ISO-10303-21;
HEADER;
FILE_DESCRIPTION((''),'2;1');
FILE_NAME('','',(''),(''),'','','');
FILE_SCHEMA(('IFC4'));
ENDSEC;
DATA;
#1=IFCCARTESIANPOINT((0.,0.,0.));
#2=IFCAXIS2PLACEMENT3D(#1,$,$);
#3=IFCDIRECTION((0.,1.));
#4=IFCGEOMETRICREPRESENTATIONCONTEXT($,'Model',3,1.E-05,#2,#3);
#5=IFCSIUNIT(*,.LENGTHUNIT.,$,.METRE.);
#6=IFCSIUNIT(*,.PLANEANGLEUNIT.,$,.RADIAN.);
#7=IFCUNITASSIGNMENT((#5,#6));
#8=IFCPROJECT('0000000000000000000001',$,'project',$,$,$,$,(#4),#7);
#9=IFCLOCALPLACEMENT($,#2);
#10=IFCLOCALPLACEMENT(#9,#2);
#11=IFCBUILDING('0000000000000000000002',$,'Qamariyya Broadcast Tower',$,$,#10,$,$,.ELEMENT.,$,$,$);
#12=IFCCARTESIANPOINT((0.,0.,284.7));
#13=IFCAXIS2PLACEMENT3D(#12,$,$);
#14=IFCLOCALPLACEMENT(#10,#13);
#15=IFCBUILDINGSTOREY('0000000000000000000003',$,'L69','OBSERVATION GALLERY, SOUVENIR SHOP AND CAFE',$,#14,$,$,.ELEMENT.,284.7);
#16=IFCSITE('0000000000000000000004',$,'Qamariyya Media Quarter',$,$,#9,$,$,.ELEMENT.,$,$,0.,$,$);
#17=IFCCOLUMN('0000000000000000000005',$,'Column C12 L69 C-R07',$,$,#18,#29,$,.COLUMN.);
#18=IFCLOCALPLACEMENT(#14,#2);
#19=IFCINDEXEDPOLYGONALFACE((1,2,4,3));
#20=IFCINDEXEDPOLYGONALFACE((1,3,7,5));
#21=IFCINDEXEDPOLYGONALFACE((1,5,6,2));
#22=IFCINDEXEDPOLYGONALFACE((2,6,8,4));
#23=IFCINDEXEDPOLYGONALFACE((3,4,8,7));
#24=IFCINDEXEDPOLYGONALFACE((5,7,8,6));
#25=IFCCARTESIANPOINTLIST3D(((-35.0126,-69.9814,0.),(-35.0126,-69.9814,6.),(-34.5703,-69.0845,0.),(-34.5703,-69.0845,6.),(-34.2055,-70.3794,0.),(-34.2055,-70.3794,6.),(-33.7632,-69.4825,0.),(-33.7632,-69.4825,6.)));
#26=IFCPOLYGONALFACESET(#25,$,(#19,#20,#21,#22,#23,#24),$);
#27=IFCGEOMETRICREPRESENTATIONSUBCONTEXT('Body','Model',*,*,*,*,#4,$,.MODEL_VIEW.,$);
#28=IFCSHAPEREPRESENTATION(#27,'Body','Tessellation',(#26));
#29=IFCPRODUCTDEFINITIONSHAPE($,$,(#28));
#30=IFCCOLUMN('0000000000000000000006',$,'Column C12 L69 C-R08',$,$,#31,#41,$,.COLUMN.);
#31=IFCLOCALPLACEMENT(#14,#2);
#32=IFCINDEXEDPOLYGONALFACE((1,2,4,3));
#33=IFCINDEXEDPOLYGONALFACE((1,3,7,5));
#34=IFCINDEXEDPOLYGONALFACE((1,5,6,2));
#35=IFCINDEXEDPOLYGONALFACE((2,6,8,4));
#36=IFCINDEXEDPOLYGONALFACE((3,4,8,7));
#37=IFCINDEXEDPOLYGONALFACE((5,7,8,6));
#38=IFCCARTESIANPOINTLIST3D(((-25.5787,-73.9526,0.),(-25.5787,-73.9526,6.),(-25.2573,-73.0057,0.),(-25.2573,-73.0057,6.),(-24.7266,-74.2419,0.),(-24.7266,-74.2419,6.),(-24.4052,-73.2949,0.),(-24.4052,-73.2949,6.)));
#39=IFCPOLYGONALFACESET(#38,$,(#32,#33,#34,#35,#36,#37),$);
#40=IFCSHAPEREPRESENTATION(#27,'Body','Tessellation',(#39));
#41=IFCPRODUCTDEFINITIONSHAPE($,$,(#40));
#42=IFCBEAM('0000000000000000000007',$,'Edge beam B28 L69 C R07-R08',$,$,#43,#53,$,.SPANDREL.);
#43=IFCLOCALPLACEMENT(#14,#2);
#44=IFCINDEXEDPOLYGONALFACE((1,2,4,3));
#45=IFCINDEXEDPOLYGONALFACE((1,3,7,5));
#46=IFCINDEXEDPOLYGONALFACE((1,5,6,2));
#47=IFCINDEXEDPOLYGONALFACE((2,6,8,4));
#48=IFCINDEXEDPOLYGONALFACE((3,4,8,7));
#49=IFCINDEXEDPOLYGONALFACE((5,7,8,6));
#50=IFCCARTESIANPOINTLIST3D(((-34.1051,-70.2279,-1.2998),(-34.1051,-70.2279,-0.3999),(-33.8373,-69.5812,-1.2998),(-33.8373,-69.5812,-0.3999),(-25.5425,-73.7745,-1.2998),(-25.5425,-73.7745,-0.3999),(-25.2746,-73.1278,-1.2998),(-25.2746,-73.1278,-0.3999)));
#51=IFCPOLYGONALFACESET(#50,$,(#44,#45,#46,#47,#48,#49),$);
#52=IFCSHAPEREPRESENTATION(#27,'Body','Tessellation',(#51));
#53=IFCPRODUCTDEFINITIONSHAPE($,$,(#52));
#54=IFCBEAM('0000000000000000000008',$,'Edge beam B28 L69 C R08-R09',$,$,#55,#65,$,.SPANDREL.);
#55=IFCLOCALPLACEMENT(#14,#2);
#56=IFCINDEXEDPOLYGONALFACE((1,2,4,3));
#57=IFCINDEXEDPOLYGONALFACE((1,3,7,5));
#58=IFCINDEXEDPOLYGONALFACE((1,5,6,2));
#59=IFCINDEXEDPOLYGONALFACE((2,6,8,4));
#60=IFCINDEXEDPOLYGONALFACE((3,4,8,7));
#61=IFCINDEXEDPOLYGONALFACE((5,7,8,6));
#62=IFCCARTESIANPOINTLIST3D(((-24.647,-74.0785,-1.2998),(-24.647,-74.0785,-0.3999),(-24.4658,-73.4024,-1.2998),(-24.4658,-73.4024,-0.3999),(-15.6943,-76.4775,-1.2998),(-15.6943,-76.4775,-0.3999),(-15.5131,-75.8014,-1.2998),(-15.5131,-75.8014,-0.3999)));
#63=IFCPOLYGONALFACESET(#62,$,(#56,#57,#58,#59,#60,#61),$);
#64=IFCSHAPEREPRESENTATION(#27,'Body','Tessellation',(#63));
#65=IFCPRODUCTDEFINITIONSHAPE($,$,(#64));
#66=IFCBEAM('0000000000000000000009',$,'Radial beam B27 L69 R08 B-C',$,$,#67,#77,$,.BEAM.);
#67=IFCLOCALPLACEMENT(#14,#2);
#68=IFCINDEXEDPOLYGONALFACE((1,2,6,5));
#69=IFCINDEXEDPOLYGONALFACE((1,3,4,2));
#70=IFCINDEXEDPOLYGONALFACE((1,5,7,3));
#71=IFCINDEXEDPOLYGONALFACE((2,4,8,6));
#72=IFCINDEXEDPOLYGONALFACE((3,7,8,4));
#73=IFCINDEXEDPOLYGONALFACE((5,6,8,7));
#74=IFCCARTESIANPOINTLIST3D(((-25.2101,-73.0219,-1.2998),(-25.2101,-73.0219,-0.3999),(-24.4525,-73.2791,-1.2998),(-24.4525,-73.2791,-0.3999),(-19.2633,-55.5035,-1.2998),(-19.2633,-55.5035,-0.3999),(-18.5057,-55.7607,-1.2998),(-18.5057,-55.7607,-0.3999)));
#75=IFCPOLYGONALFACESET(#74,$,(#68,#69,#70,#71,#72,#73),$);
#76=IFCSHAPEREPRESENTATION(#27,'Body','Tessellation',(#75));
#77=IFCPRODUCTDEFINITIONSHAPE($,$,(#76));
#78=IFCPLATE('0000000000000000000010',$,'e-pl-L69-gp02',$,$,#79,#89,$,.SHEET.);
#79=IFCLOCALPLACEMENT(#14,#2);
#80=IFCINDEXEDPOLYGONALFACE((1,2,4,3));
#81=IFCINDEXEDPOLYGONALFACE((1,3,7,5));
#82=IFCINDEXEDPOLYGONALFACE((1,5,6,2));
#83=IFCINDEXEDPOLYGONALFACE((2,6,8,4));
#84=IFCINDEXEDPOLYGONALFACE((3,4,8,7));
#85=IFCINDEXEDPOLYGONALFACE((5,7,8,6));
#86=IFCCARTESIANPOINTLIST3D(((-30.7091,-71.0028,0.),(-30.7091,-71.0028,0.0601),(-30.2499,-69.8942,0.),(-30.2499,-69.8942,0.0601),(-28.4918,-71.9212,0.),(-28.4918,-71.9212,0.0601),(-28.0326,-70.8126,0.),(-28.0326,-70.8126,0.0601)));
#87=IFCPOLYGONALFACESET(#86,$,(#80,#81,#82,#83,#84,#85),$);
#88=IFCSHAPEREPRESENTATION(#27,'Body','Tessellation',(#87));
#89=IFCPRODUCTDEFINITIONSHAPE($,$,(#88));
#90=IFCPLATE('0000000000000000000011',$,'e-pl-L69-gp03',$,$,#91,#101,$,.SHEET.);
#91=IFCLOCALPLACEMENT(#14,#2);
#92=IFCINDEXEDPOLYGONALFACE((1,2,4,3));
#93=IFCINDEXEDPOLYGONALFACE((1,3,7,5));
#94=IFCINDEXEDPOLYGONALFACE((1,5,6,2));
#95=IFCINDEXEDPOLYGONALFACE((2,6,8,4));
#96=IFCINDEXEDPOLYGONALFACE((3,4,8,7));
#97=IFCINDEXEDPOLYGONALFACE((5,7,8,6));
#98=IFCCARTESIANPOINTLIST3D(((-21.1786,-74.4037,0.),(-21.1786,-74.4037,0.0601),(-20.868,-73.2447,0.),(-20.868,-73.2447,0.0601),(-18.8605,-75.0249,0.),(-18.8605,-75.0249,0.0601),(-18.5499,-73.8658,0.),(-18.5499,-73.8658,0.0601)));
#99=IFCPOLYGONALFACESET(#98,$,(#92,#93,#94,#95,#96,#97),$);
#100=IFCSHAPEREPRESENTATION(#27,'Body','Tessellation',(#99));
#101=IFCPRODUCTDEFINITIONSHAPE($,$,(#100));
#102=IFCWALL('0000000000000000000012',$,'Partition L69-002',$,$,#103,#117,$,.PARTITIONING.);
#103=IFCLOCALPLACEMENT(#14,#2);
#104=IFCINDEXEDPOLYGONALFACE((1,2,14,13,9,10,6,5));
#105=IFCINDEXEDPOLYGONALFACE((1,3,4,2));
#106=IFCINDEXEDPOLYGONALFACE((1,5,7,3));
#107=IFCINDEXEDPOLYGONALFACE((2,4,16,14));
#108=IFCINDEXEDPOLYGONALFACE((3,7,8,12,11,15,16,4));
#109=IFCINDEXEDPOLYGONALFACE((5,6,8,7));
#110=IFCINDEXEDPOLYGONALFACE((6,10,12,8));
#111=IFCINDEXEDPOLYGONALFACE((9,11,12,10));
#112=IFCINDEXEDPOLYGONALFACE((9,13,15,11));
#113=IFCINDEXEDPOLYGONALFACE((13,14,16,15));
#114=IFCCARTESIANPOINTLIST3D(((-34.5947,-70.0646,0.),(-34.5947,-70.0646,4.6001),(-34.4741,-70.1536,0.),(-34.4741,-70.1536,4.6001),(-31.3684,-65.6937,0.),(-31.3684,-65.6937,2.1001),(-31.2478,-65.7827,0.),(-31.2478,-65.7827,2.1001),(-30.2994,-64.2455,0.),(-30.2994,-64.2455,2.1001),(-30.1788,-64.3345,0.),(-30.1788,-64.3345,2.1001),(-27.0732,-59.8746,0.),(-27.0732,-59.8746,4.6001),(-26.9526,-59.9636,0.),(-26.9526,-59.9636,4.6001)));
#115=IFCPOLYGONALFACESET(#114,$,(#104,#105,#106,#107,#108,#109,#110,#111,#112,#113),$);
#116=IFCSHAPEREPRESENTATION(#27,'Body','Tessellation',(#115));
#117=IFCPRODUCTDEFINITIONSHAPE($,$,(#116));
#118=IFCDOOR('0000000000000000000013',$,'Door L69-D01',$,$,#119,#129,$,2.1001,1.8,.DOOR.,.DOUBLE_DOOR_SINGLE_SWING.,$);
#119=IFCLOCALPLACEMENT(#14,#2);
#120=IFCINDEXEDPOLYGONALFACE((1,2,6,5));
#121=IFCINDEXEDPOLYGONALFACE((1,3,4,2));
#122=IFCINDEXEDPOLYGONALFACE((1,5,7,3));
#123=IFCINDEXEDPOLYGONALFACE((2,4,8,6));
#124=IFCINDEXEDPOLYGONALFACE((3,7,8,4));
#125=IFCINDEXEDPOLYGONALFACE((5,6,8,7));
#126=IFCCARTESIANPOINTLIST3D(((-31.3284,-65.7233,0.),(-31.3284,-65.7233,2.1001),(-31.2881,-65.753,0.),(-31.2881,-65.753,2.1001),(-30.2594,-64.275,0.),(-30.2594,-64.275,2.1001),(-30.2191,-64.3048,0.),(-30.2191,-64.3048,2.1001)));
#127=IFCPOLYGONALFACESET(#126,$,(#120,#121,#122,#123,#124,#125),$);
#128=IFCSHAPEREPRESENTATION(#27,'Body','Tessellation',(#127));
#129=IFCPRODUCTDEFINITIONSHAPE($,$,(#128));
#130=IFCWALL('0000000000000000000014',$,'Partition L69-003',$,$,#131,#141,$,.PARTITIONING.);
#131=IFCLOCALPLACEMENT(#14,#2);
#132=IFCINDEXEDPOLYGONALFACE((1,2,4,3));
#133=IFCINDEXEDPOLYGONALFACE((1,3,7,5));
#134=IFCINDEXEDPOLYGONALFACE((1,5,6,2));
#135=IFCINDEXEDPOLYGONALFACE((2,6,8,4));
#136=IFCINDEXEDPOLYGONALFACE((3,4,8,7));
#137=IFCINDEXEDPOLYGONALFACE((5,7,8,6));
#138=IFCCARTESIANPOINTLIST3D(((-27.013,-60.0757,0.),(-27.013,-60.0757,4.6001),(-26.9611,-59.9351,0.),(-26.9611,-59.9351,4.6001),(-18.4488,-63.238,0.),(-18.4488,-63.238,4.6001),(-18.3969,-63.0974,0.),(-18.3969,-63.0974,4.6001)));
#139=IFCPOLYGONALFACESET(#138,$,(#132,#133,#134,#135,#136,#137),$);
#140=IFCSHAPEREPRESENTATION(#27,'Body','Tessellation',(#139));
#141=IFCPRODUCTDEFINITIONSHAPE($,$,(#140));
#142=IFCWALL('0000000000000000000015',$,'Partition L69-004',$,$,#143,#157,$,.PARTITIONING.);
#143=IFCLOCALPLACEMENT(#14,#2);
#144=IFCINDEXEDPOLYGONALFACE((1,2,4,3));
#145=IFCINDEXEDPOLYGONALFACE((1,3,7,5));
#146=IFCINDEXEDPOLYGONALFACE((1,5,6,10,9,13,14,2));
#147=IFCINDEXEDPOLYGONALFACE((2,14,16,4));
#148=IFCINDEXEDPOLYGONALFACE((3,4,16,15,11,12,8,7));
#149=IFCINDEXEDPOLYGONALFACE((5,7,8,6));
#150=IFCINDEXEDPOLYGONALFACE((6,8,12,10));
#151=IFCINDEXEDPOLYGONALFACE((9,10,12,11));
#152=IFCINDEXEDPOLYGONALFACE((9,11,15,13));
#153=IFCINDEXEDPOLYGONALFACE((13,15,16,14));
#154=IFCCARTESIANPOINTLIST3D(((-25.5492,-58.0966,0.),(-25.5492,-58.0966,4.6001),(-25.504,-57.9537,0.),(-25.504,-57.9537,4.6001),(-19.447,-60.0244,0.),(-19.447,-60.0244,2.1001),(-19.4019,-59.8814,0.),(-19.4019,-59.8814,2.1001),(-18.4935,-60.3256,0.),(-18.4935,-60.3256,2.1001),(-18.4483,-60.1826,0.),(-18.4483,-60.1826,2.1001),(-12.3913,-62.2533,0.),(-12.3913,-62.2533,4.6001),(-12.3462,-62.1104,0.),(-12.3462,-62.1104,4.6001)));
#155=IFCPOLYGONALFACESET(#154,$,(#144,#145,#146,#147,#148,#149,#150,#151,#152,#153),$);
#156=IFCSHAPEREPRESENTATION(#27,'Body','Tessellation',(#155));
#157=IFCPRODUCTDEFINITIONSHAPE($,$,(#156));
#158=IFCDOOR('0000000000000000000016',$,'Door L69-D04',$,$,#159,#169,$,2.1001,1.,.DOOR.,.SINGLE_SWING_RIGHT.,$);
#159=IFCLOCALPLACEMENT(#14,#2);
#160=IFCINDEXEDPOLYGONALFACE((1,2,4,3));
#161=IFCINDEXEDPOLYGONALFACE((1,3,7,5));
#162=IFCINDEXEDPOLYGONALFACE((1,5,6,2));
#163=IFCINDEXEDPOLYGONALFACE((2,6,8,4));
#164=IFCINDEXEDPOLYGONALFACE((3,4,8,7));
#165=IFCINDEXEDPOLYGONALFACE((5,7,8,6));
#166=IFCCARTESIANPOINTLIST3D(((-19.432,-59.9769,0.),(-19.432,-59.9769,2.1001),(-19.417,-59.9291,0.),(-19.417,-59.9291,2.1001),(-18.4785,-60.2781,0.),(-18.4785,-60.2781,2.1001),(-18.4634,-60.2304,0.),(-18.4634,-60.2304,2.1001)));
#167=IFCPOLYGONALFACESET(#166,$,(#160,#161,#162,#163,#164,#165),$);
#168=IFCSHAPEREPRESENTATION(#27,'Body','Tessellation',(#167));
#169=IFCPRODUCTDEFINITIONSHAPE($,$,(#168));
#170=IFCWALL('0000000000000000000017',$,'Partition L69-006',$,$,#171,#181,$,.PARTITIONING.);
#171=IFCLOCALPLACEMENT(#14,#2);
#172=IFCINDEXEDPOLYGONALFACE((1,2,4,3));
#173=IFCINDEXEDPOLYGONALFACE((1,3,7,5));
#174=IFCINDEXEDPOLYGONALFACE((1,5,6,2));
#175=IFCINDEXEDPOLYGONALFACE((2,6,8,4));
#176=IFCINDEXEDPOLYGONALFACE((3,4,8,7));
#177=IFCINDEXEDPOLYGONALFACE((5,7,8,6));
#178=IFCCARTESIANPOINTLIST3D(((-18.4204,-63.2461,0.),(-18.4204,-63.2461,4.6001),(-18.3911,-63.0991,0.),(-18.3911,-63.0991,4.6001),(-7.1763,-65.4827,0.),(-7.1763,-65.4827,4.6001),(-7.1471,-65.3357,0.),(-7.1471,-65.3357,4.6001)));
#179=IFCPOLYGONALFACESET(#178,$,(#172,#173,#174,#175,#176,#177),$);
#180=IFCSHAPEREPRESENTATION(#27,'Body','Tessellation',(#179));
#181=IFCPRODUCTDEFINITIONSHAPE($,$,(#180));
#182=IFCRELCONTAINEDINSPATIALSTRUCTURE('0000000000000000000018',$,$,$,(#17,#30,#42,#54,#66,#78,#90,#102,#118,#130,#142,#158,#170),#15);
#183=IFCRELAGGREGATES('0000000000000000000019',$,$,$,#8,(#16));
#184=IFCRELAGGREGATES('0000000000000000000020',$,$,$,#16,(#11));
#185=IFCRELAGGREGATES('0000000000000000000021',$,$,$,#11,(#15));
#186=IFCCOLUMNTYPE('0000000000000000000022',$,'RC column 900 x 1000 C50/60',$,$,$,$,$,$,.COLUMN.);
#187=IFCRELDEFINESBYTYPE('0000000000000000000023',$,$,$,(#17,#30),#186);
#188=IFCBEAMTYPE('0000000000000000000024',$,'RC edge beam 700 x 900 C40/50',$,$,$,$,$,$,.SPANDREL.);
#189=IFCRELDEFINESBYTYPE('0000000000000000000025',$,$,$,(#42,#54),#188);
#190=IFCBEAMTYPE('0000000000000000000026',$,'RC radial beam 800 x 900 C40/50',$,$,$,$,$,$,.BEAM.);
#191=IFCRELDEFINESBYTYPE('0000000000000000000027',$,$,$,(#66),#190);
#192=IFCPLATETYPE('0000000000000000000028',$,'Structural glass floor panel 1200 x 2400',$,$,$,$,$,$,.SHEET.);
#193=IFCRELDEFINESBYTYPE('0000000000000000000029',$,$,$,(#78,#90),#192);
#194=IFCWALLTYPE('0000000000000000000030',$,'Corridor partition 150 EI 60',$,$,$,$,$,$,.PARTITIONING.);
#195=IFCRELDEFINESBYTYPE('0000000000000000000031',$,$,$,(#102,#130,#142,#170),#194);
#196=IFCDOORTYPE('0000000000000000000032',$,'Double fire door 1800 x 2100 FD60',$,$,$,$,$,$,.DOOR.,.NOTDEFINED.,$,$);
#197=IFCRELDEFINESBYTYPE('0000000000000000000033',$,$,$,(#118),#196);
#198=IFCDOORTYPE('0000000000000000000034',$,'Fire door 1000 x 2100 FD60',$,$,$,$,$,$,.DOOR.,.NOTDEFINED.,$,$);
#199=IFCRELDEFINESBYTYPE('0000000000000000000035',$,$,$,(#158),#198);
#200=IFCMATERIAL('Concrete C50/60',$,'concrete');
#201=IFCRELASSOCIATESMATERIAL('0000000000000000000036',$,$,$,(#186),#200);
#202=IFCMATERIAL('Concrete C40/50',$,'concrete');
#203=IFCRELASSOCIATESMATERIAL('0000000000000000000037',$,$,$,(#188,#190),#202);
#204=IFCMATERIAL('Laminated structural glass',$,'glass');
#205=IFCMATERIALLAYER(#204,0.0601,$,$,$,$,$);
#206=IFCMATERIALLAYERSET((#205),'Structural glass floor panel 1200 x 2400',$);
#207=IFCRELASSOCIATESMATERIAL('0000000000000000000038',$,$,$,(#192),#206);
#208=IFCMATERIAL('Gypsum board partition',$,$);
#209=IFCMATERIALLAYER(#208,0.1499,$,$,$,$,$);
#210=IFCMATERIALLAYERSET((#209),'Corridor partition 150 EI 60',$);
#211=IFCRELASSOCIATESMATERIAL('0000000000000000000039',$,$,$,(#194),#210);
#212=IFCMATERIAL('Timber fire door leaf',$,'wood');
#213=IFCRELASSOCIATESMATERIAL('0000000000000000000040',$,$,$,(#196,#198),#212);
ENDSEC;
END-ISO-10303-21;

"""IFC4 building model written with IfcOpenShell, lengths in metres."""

from ifc_helpers import new_model, si_unit, direction, frame, frame_2d, origin, origin_2d, place, context, subcontext, project, spatial, rectangle, extrude, material, layer, layer_set, material_profile, profile_set, type_object, element, fill, save


model = new_model("IFC4")

# Units and contexts
model_context = context("Model", 3, precision=1e-05, world=origin(), true_north=direction((0.0, 1.0)))
body_context = subcontext(model_context, "Body", "Model", "MODEL_VIEW")
ifc_project = project(units=[si_unit("LENGTHUNIT", "METRE"), si_unit("PLANEANGLEUNIT", "RADIAN")], contexts=[model_context])

# Site, building, storey
site_placement = place(None, origin())
site = spatial("IfcSite", under=ifc_project, at=site_placement, Name="Qamariyya Media Quarter", CompositionType="ELEMENT", RefElevation=0.0)
building_placement = place(site_placement, origin())
building = spatial("IfcBuilding", under=site, at=building_placement, Name="Qamariyya Broadcast Tower", CompositionType="ELEMENT")
storey_placement = place(building_placement, frame((0.0, 0.0, 284.7)))
storey = spatial("IfcBuildingStorey", under=building, at=storey_placement, Name="L69", Description="OBSERVATION GALLERY, SOUVENIR SHOP AND CAFE", CompositionType="ELEMENT", Elevation=284.7)

# Columns
ifc_material_1 = material(Name="Concrete C50/60", Category="concrete")
ifc_material_profile_1 = material_profile(ifc_material_1, rectangle(XDim=0.8999, YDim=1.0, at=origin_2d()))
ifc_profile_set_1 = profile_set([ifc_material_profile_1], Name="Concrete C50/60")
column_type = type_object("IfcColumnType", Name="RC column 900 x 1000 C50/60", PredefinedType="COLUMN", material=ifc_profile_set_1)
for number, where, z_axis, x_axis, name in (
    (1, (-34.3879, -69.7319, 0.0), (0.0, 0.0, 1.0), (0.896873, -0.442289, 0.0), "Column C12 L69 C-R07"),
    (2, (-24.9919, -73.6238, 0.0), (0.0, 0.0, 1.0), (0.94693, -0.321439, 0.0), "Column C12 L69 C-R08"),
):
    element("IfcColumn", number, at=place(storey_placement, frame(where, z_axis=z_axis, x_axis=x_axis)), inside=storey, type_object=column_type, Name=name, PredefinedType="COLUMN", context=body_context, shape_type="SweptSolid", body=[
        extrude(rectangle(XDim=0.8999, YDim=1.0, at=origin_2d()), origin(), (0.0, 0.0, 1.0), 6.0),
    ])

# Beams
ifc_material_2 = material(Name="Concrete C40/50", Category="concrete")
ifc_material_profile_2 = material_profile(ifc_material_2, rectangle(XDim=0.7, YDim=0.8999, at=origin_2d()))
ifc_profile_set_2 = profile_set([ifc_material_profile_2], Name="Concrete C40/50")
beam_type_1 = type_object("IfcBeamType", Name="RC edge beam 700 x 900 C40/50", PredefinedType="SPANDREL", material=ifc_profile_set_2)
beam_1_placement = place(storey_placement, frame((-33.9712, -69.9045, -0.8499), z_axis=(0.923886, -0.382667, 0.0), x_axis=(0.382667, 0.923886, 0.0)))
element("IfcBeam", 3, at=beam_1_placement, inside=storey, type_object=beam_type_1, Name="Edge beam B28 L69 C R07-R08", PredefinedType="SPANDREL", context=body_context, shape_type="SweptSolid", body=[
    extrude(rectangle(XDim=0.7, YDim=0.8999, at=origin_2d()), origin(), (0.0, 0.0, 1.0), 9.2681),
])
beam_2_placement = place(storey_placement, frame((-24.5564, -73.7405, -0.8499), z_axis=(0.965924, -0.258826, 0.0), x_axis=(0.258826, 0.965924, 0.0)))
element("IfcBeam", 4, at=beam_2_placement, inside=storey, type_object=beam_type_1, Name="Edge beam B28 L69 C R08-R09", PredefinedType="SPANDREL", context=body_context, shape_type="SweptSolid", body=[
    extrude(rectangle(XDim=0.7, YDim=0.8999, at=origin_2d()), origin(), (0.0, 0.0, 1.0), 9.2686),
])
ifc_material_profile_3 = material_profile(ifc_material_2, rectangle(XDim=0.8, YDim=0.8999, at=origin_2d()))
ifc_profile_set_3 = profile_set([ifc_material_profile_3], Name="Concrete C40/50")
beam_type_2 = type_object("IfcBeamType", Name="RC radial beam 800 x 900 C40/50", PredefinedType="BEAM", material=ifc_profile_set_3)
beam_3_placement = place(storey_placement, frame((-18.8845, -55.6321, -0.8499), z_axis=(-0.321445, -0.946928, 0.0), x_axis=(0.946928, -0.321445, 0.0)))
element("IfcBeam", 5, at=beam_3_placement, inside=storey, type_object=beam_type_2, Name="Radial beam B27 L69 R08 B-C", PredefinedType="BEAM", context=body_context, shape_type="SweptSolid", body=[
    extrude(rectangle(XDim=0.8, YDim=0.8999, at=origin_2d()), origin(), (0.0, 0.0, 1.0), 18.5002),
])

# Plates
ifc_material_3 = material(Name="Laminated structural glass", Category="glass")
ifc_layer_1 = layer(ifc_material_3, 0.0601)
ifc_layer_set_1 = layer_set([ifc_layer_1], Name="Structural glass floor panel 1200 x 2400")
plate_type = type_object("IfcPlateType", Name="Structural glass floor panel 1200 x 2400", PredefinedType="SHEET", material=ifc_layer_set_1)
for number, where, z_axis, x_axis, name in (
    (6, (-29.3708, -70.9077, 0.0), (0.0, 0.0, 1.0), (0.92388, -0.382683, 0.0), "e-pl-L69-gp02"),
    (7, (-19.8643, -74.1348, 0.0), (0.0, 0.0, 1.0), (0.965926, -0.258819, 0.0), "e-pl-L69-gp03"),
):
    element("IfcPlate", number, at=place(storey_placement, frame(where, z_axis=z_axis, x_axis=x_axis)), inside=storey, type_object=plate_type, Name=name, PredefinedType="SHEET", context=body_context, shape_type="SweptSolid", body=[
        extrude(rectangle(XDim=2.3999, YDim=1.2, at=origin_2d()), origin(), (0.0, 0.0, 1.0), 0.0601),
    ])

# Wall, opening, door
ifc_material_4 = material(Name="Gypsum board partition")
ifc_layer_2 = layer(ifc_material_4, 0.1499)
ifc_layer_set_2 = layer_set([ifc_layer_2], Name="Corridor partition 150 EI 60")
wall_type_1 = type_object("IfcWallType", Name="Corridor partition 150 EI 60", PredefinedType="PARTITIONING", material=ifc_layer_set_2)
wall_1_placement = place(storey_placement, frame((-27.0129, -59.9192, 0.0), z_axis=(0.0, 0.0, 1.0), x_axis=(-0.59387, -0.804561, 0.0)))
wall_1 = element("IfcWall", 8, at=wall_1_placement, inside=storey, type_object=wall_type_1, Name="Partition L69-002", PredefinedType="PARTITIONING", context=body_context, shape_type="SweptSolid", body=[
    extrude(rectangle(XDim=12.6653, YDim=0.1499, at=frame_2d((6.3325, 0.0))), origin(), (0.0, 0.0, 1.0), 4.6001),
])
opening_1_placement = place(wall_1_placement, frame((5.4326, 0.0, 0.0)))
opening_1 = element("IfcOpeningElement", 9, at=opening_1_placement, cuts=wall_1, PredefinedType="OPENING", context=body_context, shape_type="SweptSolid", body=[
    extrude(rectangle(XDim=1.8, YDim=2.1001, at=frame_2d((0.8999, 1.05))), frame((0.0, 0.085, 0.0), z_axis=(0.0, -1.0, 0.0), x_axis=(1.0, 0.0, 0.0)), (0.0, 0.0, 1.0), 0.1699),
])
ifc_material_5 = material(Name="Timber fire door leaf", Category="wood")
door_type_1 = type_object("IfcDoorType", Name="Double fire door 1800 x 2100 FD60", OperationType="NOTDEFINED", PredefinedType="DOOR", material=ifc_material_5)
door_1_placement = place(opening_1_placement, origin())
door_1 = element("IfcDoor", 10, at=door_1_placement, inside=storey, type_object=door_type_1, Name="Door L69-D01", OperationType="DOUBLE_DOOR_SINGLE_SWING", OverallHeight=2.1001, OverallWidth=1.8, PredefinedType="DOOR", context=body_context, shape_type="SweptSolid", body=[
    extrude(rectangle(XDim=1.8, YDim=2.1001, at=frame_2d((0.8999, 1.05))), frame((0.0, 0.0249, 0.0), z_axis=(0.0, -1.0, 0.0), x_axis=(1.0, 0.0, 0.0)), (0.0, 0.0, 1.0), 0.05),
])
fill(opening_1, door_1)

# Wall
wall_2_placement = place(storey_placement, frame((-26.9871, -60.0054, 0.0), z_axis=(0.0, 0.0, 1.0), x_axis=(0.93809, -0.346392, 0.0)))
element("IfcWall", 11, at=wall_2_placement, inside=storey, type_object=wall_type_1, Name="Partition L69-003", PredefinedType="PARTITIONING", context=body_context, shape_type="SweptSolid", body=[
    extrude(rectangle(XDim=9.1294, YDim=0.1499, at=frame_2d((4.5647, 0.0))), origin(), (0.0, 0.0, 1.0), 4.6001),
])

# Wall, opening, door
wall_3_placement = place(storey_placement, frame((-25.5266, -58.0251, 0.0), z_axis=(0.0, 0.0, 1.0), x_axis=(0.95355, -0.301236, 0.0)))
wall_3 = element("IfcWall", 12, at=wall_3_placement, inside=storey, type_object=wall_type_1, Name="Partition L69-004", PredefinedType="PARTITIONING", context=body_context, shape_type="SweptSolid", body=[
    extrude(rectangle(XDim=13.7988, YDim=0.1499, at=frame_2d((6.8994, 0.0))), origin(), (0.0, 0.0, 1.0), 4.6001),
])
opening_2_placement = place(wall_3_placement, frame((6.3994, 0.0, 0.0)))
opening_2 = element("IfcOpeningElement", 13, at=opening_2_placement, cuts=wall_3, PredefinedType="OPENING", context=body_context, shape_type="SweptSolid", body=[
    extrude(rectangle(XDim=1.0, YDim=2.1001, at=frame_2d((0.5, 1.05))), frame((0.0, 0.085, 0.0), z_axis=(0.0, -1.0, 0.0), x_axis=(1.0, 0.0, 0.0)), (0.0, 0.0, 1.0), 0.1699),
])
door_type_2 = type_object("IfcDoorType", Name="Fire door 1000 x 2100 FD60", OperationType="NOTDEFINED", PredefinedType="DOOR", material=ifc_material_5)
door_2_placement = place(opening_2_placement, origin())
door_2 = element("IfcDoor", 14, at=door_2_placement, inside=storey, type_object=door_type_2, Name="Door L69-D04", OperationType="SINGLE_SWING_RIGHT", OverallHeight=2.1001, OverallWidth=1.0, PredefinedType="DOOR", context=body_context, shape_type="SweptSolid", body=[
    extrude(rectangle(XDim=1.0, YDim=2.1001, at=frame_2d((0.5, 1.05))), frame((0.0, 0.0249, 0.0), z_axis=(0.0, -1.0, 0.0), x_axis=(1.0, 0.0, 0.0)), (0.0, 0.0, 1.0), 0.05),
])
fill(opening_2, door_2)

# Wall
wall_4_placement = place(storey_placement, frame((-18.4058, -63.1726, 0.0), z_axis=(0.0, 0.0, 1.0), x_axis=(0.980786, -0.195088, 0.0)))
element("IfcWall", 15, at=wall_4_placement, inside=storey, type_object=wall_type_1, Name="Partition L69-006", PredefinedType="PARTITIONING", context=body_context, shape_type="SweptSolid", body=[
    extrude(rectangle(XDim=11.4644, YDim=0.1499, at=frame_2d((5.7322, 0.0))), origin(), (0.0, 0.0, 1.0), 4.6001),
])

save(model, "model.ifc")
